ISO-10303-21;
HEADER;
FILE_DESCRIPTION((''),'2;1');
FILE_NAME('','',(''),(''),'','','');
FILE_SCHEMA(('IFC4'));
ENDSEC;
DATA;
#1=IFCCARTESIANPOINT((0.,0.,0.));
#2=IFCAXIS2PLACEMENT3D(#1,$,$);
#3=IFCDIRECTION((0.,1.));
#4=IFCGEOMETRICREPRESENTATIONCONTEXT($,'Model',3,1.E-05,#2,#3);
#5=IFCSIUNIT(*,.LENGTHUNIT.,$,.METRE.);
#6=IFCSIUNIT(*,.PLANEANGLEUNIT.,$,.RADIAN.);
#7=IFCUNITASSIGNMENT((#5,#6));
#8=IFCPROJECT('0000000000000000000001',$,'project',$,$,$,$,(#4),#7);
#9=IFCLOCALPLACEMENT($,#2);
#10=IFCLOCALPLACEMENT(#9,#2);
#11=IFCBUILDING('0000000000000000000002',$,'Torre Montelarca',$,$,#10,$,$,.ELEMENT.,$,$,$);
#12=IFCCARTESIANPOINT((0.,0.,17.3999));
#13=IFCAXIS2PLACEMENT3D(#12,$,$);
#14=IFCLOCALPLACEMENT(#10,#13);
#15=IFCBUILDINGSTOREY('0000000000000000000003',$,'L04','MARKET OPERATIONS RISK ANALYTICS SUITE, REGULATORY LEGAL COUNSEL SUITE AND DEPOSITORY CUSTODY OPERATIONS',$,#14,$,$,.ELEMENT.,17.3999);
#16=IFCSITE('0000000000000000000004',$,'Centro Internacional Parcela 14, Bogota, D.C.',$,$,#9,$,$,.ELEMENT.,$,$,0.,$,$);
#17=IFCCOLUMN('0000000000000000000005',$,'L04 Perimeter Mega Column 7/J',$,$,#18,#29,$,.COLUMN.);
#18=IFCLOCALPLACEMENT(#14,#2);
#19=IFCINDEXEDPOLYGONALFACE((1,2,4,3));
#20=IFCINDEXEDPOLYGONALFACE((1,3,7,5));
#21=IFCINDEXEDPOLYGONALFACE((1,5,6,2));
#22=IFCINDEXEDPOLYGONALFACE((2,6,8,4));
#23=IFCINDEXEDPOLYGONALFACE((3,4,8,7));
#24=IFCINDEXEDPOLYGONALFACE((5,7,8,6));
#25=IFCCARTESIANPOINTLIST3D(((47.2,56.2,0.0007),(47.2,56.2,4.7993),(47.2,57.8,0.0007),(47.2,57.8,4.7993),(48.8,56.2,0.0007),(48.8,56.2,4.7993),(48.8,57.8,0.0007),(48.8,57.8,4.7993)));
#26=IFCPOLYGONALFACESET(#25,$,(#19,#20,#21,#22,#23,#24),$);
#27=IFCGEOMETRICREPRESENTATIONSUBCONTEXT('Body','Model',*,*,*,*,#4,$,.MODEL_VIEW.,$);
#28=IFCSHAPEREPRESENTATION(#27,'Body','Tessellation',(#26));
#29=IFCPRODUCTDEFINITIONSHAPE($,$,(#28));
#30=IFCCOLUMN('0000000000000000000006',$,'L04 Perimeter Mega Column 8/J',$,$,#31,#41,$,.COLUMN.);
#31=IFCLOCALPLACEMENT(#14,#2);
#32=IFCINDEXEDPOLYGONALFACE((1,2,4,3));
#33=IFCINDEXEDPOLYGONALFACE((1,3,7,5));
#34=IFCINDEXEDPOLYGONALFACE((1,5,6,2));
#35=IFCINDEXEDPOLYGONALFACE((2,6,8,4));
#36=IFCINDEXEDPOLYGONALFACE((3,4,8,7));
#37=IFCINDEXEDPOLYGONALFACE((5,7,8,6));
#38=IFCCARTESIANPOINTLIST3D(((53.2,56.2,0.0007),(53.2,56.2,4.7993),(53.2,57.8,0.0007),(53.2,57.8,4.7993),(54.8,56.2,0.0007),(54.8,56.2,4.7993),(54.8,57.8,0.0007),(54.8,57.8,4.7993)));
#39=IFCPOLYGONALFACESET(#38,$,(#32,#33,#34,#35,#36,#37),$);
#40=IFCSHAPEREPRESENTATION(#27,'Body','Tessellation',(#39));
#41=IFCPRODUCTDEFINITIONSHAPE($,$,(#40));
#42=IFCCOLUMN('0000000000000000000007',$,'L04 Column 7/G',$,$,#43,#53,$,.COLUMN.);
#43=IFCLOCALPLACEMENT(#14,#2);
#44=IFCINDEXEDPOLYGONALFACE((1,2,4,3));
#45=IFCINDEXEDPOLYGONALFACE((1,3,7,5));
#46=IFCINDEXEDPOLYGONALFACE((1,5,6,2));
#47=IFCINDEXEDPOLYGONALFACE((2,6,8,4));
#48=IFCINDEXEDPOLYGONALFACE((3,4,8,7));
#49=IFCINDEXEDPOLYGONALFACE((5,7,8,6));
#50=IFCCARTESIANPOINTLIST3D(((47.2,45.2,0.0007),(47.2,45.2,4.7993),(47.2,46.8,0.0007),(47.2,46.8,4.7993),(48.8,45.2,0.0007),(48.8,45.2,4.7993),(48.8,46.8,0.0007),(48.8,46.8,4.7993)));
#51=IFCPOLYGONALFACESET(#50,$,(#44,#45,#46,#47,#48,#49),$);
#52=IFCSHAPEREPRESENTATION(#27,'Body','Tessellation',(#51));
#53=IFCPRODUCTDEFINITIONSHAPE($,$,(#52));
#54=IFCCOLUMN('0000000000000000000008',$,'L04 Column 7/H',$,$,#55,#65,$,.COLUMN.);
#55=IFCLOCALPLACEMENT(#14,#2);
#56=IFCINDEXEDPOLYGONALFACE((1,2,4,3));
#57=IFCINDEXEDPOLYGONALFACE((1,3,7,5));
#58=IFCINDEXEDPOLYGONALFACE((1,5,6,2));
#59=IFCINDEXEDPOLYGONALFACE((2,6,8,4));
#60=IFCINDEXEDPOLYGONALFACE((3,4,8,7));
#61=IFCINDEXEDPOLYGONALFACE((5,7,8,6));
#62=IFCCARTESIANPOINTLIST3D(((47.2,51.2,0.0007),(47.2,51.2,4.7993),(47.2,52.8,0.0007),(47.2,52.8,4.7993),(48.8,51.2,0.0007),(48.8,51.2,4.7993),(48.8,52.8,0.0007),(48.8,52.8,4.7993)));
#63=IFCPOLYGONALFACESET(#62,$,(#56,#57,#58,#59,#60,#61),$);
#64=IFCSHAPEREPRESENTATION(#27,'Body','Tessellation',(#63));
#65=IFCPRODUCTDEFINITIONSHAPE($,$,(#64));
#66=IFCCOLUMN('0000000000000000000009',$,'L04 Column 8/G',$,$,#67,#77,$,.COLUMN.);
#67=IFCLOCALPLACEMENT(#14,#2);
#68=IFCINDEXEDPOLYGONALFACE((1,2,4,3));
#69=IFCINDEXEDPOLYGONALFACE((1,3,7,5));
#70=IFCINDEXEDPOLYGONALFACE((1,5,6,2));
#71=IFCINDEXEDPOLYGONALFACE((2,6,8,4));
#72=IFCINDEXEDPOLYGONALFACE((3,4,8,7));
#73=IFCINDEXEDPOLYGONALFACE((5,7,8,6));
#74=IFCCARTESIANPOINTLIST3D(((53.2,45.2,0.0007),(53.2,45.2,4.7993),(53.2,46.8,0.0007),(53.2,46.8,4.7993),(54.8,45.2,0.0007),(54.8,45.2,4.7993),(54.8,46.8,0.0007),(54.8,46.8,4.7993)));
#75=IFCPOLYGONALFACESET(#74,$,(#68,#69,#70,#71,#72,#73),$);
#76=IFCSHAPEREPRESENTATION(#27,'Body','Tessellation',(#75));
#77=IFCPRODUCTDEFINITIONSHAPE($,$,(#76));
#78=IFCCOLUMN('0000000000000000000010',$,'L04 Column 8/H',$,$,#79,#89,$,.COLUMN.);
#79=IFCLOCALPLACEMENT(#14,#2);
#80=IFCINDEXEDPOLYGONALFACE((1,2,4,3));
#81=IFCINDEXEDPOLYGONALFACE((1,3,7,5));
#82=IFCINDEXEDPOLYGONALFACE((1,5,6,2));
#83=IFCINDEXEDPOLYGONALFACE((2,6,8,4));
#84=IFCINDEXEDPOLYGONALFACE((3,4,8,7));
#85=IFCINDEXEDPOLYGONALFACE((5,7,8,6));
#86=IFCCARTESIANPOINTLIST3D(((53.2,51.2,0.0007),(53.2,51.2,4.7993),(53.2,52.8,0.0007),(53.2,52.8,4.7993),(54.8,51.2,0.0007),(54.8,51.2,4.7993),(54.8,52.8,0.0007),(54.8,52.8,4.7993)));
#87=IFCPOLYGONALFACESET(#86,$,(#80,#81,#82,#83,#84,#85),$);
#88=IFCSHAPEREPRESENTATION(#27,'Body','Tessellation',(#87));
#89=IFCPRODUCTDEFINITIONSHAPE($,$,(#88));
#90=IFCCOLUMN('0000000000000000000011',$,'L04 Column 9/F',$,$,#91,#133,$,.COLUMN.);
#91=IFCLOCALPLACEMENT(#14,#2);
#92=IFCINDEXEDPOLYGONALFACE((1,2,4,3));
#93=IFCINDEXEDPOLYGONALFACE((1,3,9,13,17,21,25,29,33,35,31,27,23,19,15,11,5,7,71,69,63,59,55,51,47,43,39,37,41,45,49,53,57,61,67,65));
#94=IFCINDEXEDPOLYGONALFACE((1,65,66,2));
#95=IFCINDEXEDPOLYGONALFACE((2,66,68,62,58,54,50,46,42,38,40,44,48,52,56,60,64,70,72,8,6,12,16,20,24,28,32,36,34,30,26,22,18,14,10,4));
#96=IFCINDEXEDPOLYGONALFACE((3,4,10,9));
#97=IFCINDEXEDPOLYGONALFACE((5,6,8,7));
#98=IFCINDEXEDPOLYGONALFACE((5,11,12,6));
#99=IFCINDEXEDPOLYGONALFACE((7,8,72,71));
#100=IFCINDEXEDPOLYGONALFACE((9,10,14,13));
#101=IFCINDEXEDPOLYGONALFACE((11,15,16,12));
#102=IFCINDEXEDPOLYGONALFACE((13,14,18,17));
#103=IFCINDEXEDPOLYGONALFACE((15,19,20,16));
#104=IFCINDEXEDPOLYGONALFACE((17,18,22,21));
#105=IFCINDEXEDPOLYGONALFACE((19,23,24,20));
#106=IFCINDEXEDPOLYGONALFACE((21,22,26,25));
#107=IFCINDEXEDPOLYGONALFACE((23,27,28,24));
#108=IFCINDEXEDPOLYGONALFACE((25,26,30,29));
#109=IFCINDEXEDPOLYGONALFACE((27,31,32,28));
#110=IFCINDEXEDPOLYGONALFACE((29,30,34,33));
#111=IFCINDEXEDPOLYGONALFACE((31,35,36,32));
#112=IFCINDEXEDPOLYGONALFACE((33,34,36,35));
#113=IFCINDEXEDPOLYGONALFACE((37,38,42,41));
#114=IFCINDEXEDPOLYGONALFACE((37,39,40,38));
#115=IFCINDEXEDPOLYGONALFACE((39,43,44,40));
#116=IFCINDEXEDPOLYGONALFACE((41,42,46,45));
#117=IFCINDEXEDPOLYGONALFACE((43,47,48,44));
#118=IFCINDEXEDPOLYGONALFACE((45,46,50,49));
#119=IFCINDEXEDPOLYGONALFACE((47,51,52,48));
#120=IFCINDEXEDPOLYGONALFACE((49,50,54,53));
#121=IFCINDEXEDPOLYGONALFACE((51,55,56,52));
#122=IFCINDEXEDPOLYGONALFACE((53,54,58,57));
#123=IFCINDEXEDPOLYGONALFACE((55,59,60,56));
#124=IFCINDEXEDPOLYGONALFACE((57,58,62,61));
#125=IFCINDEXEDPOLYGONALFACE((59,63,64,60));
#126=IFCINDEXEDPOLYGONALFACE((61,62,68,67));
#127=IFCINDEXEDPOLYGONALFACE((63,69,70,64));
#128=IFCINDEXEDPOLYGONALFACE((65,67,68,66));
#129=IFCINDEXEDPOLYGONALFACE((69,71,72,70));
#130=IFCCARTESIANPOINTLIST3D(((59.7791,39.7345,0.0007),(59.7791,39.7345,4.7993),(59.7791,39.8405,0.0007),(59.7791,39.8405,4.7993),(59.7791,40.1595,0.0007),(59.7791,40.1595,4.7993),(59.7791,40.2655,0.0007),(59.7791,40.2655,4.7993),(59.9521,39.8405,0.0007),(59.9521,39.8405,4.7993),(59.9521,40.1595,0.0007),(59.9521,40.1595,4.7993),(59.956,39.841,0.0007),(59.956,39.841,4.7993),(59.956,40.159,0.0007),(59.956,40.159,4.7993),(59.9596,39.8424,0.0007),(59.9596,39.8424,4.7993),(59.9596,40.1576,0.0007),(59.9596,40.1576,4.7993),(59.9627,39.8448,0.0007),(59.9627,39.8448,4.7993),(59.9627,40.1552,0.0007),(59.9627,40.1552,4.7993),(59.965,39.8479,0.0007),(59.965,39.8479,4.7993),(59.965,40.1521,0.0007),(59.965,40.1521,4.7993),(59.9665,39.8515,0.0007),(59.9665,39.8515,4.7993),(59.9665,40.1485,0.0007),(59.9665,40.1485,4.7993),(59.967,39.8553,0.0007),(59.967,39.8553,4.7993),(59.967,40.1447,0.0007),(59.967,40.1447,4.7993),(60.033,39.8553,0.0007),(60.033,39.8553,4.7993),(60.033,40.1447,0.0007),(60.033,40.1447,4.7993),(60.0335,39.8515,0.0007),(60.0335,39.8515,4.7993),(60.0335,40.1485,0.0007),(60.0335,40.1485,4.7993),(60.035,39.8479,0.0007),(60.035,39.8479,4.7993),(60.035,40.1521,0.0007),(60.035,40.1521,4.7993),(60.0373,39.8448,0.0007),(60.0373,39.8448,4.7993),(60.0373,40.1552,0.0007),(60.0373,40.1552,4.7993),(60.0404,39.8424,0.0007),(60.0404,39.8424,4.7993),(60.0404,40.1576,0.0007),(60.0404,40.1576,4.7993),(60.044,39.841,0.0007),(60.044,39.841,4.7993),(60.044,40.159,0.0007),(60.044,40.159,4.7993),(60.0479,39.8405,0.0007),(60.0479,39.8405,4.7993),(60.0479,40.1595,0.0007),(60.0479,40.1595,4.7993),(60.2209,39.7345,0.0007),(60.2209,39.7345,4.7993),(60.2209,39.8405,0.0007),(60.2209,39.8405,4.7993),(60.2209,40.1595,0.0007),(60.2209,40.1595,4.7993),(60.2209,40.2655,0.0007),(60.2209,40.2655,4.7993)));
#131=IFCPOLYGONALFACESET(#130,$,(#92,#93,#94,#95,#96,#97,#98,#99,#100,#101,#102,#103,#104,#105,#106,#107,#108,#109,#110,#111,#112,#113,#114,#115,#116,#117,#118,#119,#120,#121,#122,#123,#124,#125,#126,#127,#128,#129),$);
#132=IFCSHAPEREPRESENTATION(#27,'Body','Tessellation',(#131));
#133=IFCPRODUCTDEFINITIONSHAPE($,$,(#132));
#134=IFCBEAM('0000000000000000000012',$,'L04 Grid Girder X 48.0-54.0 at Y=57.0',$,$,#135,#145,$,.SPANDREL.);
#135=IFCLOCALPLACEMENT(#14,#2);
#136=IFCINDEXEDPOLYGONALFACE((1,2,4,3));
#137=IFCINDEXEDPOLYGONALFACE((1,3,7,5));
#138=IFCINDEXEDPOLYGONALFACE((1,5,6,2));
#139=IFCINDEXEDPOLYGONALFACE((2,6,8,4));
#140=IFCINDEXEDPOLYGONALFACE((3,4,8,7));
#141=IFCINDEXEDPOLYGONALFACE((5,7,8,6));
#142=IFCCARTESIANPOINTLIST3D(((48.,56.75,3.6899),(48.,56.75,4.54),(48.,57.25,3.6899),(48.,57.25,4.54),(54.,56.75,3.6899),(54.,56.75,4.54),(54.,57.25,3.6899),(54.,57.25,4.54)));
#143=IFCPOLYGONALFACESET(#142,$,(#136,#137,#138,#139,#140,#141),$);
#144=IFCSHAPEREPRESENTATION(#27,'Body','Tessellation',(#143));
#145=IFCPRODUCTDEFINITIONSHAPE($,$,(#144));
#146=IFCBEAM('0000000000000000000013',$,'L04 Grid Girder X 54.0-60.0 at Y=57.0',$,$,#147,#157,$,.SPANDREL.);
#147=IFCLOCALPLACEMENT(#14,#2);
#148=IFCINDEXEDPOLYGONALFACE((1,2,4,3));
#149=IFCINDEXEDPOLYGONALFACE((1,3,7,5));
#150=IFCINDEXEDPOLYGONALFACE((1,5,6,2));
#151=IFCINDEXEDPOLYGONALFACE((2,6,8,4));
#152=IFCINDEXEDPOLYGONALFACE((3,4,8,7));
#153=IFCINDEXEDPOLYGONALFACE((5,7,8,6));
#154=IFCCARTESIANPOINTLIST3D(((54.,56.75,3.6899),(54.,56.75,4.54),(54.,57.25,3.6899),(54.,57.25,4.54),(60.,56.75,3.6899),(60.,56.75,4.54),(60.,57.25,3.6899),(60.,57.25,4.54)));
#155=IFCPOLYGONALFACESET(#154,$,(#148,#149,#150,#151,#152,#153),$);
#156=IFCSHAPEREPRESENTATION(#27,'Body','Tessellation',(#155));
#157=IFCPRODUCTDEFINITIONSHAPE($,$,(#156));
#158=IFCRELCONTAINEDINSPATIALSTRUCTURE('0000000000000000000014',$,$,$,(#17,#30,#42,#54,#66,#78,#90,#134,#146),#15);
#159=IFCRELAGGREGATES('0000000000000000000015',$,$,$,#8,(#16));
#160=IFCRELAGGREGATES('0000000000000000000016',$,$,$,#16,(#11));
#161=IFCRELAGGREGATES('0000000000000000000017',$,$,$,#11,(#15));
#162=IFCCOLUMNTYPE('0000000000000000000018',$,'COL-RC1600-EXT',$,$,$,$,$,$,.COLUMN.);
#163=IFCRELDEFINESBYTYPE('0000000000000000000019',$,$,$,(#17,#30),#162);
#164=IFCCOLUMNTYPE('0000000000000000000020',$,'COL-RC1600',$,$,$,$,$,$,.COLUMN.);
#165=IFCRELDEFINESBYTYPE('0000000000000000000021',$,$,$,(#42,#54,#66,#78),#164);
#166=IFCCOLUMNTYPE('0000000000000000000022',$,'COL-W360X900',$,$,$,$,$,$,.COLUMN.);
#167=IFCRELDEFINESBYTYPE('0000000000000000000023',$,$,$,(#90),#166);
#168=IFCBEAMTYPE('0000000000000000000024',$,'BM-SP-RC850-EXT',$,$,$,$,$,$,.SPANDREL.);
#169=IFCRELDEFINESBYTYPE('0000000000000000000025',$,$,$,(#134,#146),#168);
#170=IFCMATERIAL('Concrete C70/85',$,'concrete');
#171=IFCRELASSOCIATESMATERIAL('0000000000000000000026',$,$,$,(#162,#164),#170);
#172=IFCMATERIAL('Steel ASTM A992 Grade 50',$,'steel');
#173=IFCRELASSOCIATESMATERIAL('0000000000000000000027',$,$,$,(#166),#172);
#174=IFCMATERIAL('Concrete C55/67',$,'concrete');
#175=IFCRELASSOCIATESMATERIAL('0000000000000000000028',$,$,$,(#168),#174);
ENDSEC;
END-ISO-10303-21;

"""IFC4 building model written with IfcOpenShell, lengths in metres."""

from ifc_helpers import new_model, si_unit, direction, frame, origin, origin_2d, place, context, subcontext, project, spatial, rectangle, i_section, extrude, source, transform, mapped, material, material_profile, profile_set, type_object, element, save


model = new_model("IFC4")

# Units and contexts
model_context = context("Model", 3, precision=1e-05, world=origin(), true_north=direction((0.0, 1.0)))
body_context = subcontext(model_context, "Body", "Model", "MODEL_VIEW")
ifc_project = project(units=[si_unit("LENGTHUNIT", "METRE"), si_unit("PLANEANGLEUNIT", "RADIAN")], contexts=[model_context])

# Site, building, storey
site_placement = place(None, origin())
site = spatial("IfcSite", under=ifc_project, at=site_placement, Name="Centro Internacional Parcela 14, Bogota, D.C.", CompositionType="ELEMENT", RefElevation=0.0)
building_placement = place(site_placement, origin())
building = spatial("IfcBuilding", under=site, at=building_placement, Name="Torre Montelarca", CompositionType="ELEMENT")
storey_placement = place(building_placement, frame((0.0, 0.0, 17.3999)))
storey = spatial("IfcBuildingStorey", under=building, at=storey_placement, Name="L04", Description="MARKET OPERATIONS RISK ANALYTICS SUITE, REGULATORY LEGAL COUNSEL SUITE AND DEPOSITORY CUSTODY OPERATIONS", CompositionType="ELEMENT", Elevation=17.3999)

# Columns
ifc_material_1 = material(Name="Concrete C70/85", Category="concrete")
ifc_material_profile_1 = material_profile(ifc_material_1, rectangle(XDim=1.6001, YDim=1.6001, at=origin_2d()), Name="RC1600X1600", Category="concrete")
ifc_profile_set_1 = profile_set([ifc_material_profile_1], Name="Concrete C70/85")
column_type_1 = type_object("IfcColumnType", Name="COL-RC1600-EXT", PredefinedType="COLUMN", material=ifc_profile_set_1)
shared_shape_1 = source(origin(), body_context, "Body", "SweptSolid", [
    extrude(rectangle(XDim=1.6001, YDim=1.6001, at=origin_2d()), origin(), (0.0, 0.0, 1.0), 4.7986),
])
for number, where, z_axis, x_axis, name in (
    (1, (48.0, 57.0, 0.0007), (0.0, 0.0, 1.0), (1.0, 0.0, 0.0), "L04 Perimeter Mega Column 7/J"),
    (2, (54.0, 57.0, 0.0007), (0.0, 0.0, 1.0), (1.0, 0.0, 0.0), "L04 Perimeter Mega Column 8/J"),
):
    element("IfcColumn", number, at=place(storey_placement, frame(where, z_axis=z_axis, x_axis=x_axis)), inside=storey, type_object=column_type_1, Name=name, PredefinedType="COLUMN", context=body_context, shape_type="MappedRepresentation", body=[
        mapped(shared_shape_1, transform((0.0, 0.0, 0.0), scale=1.0)),
    ])
ifc_material_profile_2 = material_profile(ifc_material_1, rectangle(XDim=1.6001, YDim=1.6001, at=origin_2d()), Name="RC1600X1600", Category="concrete")
ifc_profile_set_2 = profile_set([ifc_material_profile_2], Name="Concrete C70/85")
column_type_2 = type_object("IfcColumnType", Name="COL-RC1600", PredefinedType="COLUMN", material=ifc_profile_set_2)
shared_shape_2 = source(origin(), body_context, "Body", "SweptSolid", [
    extrude(rectangle(XDim=1.6001, YDim=1.6001, at=origin_2d()), origin(), (0.0, 0.0, 1.0), 4.7986),
])
for number, where, z_axis, x_axis, name in (
    (3, (48.0, 46.0, 0.0007), (0.0, 0.0, 1.0), (1.0, 0.0, 0.0), "L04 Column 7/G"),
    (4, (48.0, 52.0, 0.0007), (0.0, 0.0, 1.0), (1.0, 0.0, 0.0), "L04 Column 7/H"),
    (5, (54.0, 46.0, 0.0007), (0.0, 0.0, 1.0), (1.0, 0.0, 0.0), "L04 Column 8/G"),
    (6, (54.0, 52.0, 0.0007), (0.0, 0.0, 1.0), (1.0, 0.0, 0.0), "L04 Column 8/H"),
):
    element("IfcColumn", number, at=place(storey_placement, frame(where, z_axis=z_axis, x_axis=x_axis)), inside=storey, type_object=column_type_2, Name=name, PredefinedType="COLUMN", context=body_context, shape_type="MappedRepresentation", body=[
        mapped(shared_shape_2, transform((0.0, 0.0, 0.0), scale=1.0)),
    ])
ifc_material_2 = material(Name="Steel ASTM A992 Grade 50", Category="steel")
ifc_material_profile_3 = material_profile(ifc_material_2, i_section(OverallWidth=0.4419, OverallDepth=0.531, WebThickness=0.0659, FlangeThickness=0.106, FilletRadius=0.0149, at=origin_2d()), Name="W360X900", Category="steel")
ifc_profile_set_3 = profile_set([ifc_material_profile_3], Name="Steel ASTM A992 Grade 50")
column_type_3 = type_object("IfcColumnType", Name="COL-W360X900", PredefinedType="COLUMN", material=ifc_profile_set_3)
shared_shape_3 = source(origin(), body_context, "Body", "SweptSolid", [
    extrude(i_section(OverallWidth=0.4419, OverallDepth=0.531, WebThickness=0.0659, FlangeThickness=0.106, FilletRadius=0.0149, at=origin_2d()), origin(), (0.0, 0.0, 1.0), 4.7986),
])
column_placement = place(storey_placement, frame((60.0, 40.0, 0.0007), z_axis=(0.0, 0.0, 1.0), x_axis=(1.0, 0.0, 0.0)))
element("IfcColumn", 7, at=column_placement, inside=storey, type_object=column_type_3, Name="L04 Column 9/F", PredefinedType="COLUMN", context=body_context, shape_type="MappedRepresentation", body=[
    mapped(shared_shape_3, transform((0.0, 0.0, 0.0), scale=1.0)),
])

# Beams
ifc_material_3 = material(Name="Concrete C55/67", Category="concrete")
ifc_material_profile_4 = material_profile(ifc_material_3, rectangle(XDim=0.5, YDim=0.8501, at=origin_2d()), Name="RCB500X850", Category="concrete")
ifc_profile_set_4 = profile_set([ifc_material_profile_4], Name="Concrete C55/67")
beam_type_1 = type_object("IfcBeamType", Name="BM-SP-RC850-EXT", PredefinedType="SPANDREL", material=ifc_profile_set_4)
shared_shape_4 = source(origin(), body_context, "Body", "SweptSolid", [
    extrude(rectangle(XDim=0.5, YDim=0.8501, at=origin_2d()), origin(), (0.0, 0.0, 1.0), 6.0),
])
for number, where, z_axis, x_axis, name in (
    (8, (48.0, 57.0, 4.115), (1.0, 0.0, 0.0), (0.0, 1.0, 0.0), "L04 Grid Girder X 48.0-54.0 at Y=57.0"),
    (9, (54.0, 57.0, 4.115), (1.0, 0.0, 0.0), (0.0, 1.0, 0.0), "L04 Grid Girder X 54.0-60.0 at Y=57.0"),
):
    element("IfcBeam", number, at=place(storey_placement, frame(where, z_axis=z_axis, x_axis=x_axis)), inside=storey, type_object=beam_type_1, Name=name, PredefinedType="SPANDREL", context=body_context, shape_type="MappedRepresentation", body=[
        mapped(shared_shape_4, transform((0.0, 0.0, 0.0), scale=1.0)),
    ])

save(model, "model.ifc")
